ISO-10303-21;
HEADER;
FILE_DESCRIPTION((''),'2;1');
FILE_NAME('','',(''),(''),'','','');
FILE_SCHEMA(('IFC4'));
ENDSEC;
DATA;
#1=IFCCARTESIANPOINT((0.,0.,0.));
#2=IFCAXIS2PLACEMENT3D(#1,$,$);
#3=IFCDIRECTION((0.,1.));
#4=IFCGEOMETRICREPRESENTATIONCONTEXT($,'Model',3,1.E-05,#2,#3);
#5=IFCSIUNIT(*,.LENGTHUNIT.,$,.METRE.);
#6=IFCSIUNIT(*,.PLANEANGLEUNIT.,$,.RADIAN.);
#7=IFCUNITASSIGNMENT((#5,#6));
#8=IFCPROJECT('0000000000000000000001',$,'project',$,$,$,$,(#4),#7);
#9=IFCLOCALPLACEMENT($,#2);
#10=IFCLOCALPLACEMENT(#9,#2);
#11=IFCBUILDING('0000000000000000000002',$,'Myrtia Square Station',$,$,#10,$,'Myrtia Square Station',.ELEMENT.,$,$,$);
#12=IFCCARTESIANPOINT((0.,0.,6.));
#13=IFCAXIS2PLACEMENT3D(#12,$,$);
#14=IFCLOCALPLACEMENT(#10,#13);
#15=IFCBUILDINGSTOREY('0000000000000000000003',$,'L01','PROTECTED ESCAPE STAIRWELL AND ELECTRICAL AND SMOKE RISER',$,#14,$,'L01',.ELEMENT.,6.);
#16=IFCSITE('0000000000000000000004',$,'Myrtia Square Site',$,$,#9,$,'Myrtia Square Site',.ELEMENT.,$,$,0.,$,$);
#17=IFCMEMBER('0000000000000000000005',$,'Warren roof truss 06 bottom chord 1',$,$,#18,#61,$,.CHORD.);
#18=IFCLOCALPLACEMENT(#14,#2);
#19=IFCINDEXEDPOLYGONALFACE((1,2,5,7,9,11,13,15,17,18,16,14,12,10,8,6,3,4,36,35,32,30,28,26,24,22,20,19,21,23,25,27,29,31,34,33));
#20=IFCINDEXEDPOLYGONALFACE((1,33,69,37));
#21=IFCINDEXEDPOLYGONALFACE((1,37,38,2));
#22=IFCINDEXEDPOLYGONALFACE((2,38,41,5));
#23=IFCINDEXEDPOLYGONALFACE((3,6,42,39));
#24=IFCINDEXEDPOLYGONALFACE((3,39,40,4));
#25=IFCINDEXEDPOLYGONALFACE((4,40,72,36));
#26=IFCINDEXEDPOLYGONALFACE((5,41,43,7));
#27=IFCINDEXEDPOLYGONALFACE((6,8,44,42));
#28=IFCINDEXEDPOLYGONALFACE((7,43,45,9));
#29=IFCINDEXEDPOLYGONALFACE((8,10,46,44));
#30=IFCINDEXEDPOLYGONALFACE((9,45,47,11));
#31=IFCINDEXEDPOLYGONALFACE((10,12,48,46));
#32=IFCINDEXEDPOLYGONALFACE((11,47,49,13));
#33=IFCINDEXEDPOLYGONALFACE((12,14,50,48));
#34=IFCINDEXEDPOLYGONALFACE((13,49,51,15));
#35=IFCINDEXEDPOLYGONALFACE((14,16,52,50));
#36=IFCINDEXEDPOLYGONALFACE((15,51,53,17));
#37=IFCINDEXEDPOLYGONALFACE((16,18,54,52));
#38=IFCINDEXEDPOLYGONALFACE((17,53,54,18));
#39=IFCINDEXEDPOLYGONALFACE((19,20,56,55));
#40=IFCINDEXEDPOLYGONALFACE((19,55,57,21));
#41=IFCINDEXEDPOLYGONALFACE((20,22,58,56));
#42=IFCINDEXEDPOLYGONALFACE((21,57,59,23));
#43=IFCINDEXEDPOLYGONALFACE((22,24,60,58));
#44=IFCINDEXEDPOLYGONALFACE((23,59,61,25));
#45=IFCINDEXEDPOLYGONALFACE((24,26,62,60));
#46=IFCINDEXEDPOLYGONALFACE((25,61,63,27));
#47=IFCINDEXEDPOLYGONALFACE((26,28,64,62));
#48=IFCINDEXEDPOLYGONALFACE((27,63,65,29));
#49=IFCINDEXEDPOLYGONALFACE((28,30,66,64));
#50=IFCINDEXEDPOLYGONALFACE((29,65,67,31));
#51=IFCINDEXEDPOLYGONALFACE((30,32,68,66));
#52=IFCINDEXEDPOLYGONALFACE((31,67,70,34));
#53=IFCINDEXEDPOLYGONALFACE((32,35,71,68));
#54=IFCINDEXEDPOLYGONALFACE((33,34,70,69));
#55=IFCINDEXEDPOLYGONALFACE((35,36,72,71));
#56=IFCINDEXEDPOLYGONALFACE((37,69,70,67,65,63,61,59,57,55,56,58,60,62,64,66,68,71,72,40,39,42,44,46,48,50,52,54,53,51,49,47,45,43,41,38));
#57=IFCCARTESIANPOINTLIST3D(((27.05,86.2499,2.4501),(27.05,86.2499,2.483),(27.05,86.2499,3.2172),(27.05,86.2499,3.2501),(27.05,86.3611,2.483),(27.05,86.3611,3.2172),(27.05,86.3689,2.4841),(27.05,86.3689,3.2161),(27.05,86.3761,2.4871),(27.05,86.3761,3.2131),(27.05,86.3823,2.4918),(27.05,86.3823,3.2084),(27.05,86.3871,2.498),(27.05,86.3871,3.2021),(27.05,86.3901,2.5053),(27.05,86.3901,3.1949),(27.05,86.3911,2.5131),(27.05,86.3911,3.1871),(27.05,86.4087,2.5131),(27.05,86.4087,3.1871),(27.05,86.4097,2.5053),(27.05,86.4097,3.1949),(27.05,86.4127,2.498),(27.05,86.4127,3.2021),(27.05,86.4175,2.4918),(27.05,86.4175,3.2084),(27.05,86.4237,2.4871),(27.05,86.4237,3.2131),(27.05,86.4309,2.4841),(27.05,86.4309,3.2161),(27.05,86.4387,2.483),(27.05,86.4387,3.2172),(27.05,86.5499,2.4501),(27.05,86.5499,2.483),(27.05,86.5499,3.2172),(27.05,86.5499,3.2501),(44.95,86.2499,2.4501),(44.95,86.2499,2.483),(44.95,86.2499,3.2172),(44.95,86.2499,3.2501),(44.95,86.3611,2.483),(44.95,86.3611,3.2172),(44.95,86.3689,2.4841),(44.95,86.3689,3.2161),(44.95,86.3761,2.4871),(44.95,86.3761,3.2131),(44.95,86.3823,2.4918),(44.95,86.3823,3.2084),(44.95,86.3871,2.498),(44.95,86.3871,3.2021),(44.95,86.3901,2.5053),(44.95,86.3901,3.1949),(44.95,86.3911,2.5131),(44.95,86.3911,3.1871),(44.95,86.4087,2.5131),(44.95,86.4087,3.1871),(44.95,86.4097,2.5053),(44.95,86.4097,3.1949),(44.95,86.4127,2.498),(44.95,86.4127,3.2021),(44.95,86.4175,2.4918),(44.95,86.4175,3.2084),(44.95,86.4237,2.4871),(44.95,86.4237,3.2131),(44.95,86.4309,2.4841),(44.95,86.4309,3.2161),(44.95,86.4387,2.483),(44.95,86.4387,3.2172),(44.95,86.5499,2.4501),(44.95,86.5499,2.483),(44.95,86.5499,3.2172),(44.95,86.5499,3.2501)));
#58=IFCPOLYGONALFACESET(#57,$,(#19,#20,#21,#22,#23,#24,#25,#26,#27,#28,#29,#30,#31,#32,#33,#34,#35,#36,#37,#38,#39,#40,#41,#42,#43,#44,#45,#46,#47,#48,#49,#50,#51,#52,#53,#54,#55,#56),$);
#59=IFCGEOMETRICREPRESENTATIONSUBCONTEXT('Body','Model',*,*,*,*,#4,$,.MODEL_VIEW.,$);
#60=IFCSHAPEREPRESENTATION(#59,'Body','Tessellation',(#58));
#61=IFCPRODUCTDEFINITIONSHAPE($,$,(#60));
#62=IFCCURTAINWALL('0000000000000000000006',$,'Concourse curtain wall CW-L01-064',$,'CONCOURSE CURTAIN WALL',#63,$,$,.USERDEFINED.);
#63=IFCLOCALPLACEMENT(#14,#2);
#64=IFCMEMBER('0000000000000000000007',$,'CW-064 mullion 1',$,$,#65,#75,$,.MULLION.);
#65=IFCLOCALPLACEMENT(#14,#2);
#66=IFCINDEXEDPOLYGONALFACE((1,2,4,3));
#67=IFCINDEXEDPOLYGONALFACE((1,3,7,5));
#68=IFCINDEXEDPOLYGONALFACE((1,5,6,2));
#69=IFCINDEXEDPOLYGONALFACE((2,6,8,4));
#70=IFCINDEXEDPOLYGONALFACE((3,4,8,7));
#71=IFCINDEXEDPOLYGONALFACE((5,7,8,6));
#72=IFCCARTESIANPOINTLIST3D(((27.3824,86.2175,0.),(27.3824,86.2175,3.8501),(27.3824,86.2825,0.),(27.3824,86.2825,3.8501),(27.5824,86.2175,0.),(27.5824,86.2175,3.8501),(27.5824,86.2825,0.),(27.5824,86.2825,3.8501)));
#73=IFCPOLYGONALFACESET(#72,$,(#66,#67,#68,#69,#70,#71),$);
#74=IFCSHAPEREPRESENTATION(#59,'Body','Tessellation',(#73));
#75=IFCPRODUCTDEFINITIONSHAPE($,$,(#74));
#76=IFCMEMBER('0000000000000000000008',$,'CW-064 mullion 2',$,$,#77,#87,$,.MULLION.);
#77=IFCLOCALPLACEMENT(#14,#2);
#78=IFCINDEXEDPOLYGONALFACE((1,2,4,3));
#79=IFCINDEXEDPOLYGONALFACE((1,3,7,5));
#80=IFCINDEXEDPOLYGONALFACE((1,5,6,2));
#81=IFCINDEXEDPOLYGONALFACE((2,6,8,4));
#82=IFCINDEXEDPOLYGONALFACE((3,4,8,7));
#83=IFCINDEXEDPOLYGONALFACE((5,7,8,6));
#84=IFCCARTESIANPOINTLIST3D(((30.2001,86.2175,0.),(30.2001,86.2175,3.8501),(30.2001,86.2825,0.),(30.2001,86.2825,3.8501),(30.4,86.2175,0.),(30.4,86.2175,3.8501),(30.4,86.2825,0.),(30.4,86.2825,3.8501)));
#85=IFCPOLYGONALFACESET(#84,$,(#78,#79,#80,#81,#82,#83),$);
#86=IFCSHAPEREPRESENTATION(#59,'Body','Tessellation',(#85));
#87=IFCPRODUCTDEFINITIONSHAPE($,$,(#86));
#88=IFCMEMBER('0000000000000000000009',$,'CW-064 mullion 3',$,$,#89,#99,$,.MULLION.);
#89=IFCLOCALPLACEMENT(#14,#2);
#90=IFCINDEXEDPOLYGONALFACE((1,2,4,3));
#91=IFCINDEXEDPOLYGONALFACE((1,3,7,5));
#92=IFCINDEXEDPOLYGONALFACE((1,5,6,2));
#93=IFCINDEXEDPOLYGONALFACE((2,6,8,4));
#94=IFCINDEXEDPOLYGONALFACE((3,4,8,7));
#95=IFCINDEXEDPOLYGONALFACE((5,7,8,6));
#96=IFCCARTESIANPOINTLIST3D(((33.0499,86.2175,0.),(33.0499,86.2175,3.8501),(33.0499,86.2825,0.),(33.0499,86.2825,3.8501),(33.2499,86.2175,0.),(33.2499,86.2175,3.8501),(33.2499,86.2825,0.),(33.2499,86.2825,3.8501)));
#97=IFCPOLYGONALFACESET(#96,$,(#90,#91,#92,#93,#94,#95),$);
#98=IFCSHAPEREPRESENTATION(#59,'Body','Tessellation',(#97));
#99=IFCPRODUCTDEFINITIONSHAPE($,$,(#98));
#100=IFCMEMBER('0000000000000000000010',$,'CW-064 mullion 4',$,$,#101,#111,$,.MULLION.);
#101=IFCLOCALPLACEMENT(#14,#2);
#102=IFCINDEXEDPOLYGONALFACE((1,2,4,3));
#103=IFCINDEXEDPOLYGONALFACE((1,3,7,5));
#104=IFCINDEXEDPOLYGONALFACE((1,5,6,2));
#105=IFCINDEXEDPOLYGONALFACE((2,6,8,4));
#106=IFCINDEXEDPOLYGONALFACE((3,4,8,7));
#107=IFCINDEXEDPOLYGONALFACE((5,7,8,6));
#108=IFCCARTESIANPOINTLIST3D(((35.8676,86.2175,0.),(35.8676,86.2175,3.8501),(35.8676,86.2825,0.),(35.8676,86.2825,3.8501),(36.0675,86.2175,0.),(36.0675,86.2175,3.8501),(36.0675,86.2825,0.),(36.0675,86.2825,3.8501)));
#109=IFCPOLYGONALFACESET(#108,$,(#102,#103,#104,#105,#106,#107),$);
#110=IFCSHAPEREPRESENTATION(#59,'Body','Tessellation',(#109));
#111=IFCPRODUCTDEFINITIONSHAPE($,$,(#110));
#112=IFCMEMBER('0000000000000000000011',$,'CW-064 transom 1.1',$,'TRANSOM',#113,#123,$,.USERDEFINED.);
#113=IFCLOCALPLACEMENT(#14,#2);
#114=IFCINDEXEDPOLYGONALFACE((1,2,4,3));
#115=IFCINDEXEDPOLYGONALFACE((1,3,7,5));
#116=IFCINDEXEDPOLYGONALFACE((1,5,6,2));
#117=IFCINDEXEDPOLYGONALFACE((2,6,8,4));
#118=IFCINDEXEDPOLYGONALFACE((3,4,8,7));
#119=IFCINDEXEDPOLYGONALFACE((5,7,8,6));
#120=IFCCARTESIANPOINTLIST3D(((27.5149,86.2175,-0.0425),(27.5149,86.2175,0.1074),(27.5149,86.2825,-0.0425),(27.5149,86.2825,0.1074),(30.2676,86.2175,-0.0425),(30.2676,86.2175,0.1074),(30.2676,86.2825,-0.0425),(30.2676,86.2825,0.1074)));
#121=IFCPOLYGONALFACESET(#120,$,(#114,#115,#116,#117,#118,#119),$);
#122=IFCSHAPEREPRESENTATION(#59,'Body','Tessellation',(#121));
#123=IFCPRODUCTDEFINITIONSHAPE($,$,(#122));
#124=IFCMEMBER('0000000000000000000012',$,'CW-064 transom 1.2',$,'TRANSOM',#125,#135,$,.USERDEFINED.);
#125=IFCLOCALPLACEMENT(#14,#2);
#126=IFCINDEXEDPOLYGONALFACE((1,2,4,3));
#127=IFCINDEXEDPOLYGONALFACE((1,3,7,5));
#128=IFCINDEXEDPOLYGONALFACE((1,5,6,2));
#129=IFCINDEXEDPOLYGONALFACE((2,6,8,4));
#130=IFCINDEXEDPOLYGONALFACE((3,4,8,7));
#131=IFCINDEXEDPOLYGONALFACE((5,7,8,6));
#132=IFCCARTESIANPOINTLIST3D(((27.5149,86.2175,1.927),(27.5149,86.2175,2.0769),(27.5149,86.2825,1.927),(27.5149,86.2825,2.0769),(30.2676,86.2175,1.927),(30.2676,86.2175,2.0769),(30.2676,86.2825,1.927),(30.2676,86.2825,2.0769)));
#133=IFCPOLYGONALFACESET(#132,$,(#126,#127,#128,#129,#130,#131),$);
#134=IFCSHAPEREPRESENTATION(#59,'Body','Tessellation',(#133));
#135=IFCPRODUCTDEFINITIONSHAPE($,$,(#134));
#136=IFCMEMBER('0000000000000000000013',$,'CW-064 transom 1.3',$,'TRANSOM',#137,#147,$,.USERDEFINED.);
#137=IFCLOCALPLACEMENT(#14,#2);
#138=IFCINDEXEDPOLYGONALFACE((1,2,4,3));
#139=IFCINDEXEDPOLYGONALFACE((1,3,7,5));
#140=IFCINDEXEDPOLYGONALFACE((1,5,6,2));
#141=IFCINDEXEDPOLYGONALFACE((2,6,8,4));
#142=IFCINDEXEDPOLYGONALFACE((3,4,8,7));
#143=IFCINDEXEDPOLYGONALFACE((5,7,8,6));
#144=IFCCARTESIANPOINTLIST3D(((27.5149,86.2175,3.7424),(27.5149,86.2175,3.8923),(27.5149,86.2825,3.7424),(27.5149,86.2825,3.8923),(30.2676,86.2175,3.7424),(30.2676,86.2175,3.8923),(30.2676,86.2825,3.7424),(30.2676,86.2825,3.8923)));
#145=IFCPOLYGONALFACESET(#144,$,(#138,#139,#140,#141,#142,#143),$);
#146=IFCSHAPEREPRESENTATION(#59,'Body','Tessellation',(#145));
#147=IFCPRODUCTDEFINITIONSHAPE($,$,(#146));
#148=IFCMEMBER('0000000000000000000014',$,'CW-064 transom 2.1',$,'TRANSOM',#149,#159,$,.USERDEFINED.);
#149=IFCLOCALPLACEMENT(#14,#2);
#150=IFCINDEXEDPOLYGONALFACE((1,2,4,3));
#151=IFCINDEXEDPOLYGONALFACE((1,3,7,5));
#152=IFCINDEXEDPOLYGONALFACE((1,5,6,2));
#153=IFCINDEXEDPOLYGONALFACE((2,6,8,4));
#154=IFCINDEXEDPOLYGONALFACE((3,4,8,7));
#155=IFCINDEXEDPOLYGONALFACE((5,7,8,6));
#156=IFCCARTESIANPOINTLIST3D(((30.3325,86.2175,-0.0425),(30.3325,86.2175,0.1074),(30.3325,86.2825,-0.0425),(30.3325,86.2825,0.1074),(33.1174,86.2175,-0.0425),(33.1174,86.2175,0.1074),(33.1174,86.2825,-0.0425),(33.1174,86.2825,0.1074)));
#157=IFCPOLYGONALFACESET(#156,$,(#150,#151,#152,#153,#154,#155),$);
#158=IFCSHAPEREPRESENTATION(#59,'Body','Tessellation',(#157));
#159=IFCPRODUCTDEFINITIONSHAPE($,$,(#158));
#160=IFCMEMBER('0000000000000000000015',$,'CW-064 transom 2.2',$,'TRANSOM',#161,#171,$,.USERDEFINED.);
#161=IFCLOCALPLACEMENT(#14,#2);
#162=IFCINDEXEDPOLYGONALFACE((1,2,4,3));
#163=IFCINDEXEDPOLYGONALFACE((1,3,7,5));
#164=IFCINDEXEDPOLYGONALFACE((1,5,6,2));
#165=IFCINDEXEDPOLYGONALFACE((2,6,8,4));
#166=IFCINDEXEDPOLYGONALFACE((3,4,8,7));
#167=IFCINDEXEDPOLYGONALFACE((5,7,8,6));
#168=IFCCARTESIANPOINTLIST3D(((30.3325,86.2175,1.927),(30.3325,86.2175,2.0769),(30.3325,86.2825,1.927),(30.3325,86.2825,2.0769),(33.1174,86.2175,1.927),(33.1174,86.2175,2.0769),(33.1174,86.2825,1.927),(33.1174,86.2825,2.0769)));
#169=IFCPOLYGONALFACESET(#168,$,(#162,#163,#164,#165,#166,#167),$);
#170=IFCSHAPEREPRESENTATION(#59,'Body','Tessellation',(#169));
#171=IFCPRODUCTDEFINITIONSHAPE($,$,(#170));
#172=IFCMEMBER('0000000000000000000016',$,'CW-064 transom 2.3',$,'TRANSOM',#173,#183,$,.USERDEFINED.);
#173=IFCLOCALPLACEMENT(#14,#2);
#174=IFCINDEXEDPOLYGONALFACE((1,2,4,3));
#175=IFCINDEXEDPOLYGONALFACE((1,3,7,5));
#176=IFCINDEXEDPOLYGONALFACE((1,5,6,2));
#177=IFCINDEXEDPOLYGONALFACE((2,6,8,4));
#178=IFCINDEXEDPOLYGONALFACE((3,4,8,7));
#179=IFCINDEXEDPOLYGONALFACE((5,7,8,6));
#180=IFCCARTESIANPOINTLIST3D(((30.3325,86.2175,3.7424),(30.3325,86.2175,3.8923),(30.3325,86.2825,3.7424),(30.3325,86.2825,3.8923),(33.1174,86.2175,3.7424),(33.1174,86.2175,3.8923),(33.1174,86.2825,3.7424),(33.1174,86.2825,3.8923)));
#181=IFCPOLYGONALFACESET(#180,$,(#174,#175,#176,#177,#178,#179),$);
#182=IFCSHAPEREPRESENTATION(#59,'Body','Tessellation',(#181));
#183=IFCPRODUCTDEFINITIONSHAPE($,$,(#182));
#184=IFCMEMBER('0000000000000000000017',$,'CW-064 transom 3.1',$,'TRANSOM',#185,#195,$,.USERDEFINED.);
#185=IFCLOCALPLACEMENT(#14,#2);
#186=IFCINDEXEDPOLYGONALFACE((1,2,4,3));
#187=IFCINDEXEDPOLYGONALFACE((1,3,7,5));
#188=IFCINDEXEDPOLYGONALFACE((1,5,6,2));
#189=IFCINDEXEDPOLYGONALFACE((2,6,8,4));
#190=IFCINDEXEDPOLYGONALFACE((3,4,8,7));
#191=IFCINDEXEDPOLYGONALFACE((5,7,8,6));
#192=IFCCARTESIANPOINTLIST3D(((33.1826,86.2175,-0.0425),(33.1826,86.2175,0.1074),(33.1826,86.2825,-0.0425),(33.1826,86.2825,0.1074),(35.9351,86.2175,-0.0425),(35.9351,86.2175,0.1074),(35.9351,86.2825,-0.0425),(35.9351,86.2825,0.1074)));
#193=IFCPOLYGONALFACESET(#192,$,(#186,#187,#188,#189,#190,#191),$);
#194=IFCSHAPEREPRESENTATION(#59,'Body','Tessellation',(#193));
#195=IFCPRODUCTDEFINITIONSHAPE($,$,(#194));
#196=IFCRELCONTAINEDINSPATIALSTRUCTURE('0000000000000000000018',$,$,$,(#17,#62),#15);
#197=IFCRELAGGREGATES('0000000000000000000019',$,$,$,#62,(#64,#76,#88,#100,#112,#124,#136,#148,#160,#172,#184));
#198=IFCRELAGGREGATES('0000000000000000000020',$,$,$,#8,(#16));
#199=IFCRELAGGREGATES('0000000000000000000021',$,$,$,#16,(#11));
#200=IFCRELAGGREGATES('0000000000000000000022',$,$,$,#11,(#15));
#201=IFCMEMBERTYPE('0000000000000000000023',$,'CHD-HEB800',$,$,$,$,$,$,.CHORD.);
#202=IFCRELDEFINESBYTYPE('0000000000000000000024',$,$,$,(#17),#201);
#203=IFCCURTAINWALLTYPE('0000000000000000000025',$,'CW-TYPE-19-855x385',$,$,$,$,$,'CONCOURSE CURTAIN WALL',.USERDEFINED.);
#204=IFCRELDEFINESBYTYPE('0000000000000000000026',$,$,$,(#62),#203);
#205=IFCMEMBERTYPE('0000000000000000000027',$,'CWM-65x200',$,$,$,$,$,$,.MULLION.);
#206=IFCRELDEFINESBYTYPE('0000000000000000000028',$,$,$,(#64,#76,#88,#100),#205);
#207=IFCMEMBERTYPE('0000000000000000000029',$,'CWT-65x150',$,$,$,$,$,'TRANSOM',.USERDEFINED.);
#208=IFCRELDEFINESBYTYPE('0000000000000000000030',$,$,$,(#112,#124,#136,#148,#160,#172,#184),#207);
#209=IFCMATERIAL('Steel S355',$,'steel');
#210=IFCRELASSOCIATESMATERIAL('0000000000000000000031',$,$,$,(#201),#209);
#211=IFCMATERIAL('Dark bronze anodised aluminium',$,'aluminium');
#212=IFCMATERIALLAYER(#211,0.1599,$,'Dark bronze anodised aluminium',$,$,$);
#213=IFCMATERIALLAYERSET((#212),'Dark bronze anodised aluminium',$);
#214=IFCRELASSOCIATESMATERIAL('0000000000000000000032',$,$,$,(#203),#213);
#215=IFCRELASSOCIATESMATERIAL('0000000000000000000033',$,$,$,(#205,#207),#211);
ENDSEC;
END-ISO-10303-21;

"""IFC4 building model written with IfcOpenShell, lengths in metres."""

from ifc_helpers import new_model, si_unit, direction, frame, origin, origin_2d, place, context, subcontext, project, spatial, rectangle, i_section, extrude, material, layer, layer_set, material_profile, profile_set, type_object, element, aggregate, save


model = new_model("IFC4")

# Units and contexts
model_context = context("Model", 3, precision=1e-05, world=origin(), true_north=direction((0.0, 1.0)))
body_context = subcontext(model_context, "Body", "Model", "MODEL_VIEW")
ifc_project = project(units=[si_unit("LENGTHUNIT", "METRE"), si_unit("PLANEANGLEUNIT", "RADIAN")], contexts=[model_context])

# Site, building, storey
site_placement = place(None, origin())
site = spatial("IfcSite", under=ifc_project, at=site_placement, Name="Myrtia Square Site", LongName="Myrtia Square Site", CompositionType="ELEMENT", RefElevation=0.0)
building_placement = place(site_placement, origin())
building = spatial("IfcBuilding", under=site, at=building_placement, Name="Myrtia Square Station", LongName="Myrtia Square Station", CompositionType="ELEMENT")
storey_placement = place(building_placement, frame((0.0, 0.0, 6.0)))
storey = spatial("IfcBuildingStorey", under=building, at=storey_placement, Name="L01", Description="PROTECTED ESCAPE STAIRWELL AND ELECTRICAL AND SMOKE RISER", LongName="L01", CompositionType="ELEMENT", Elevation=6.0)

# Member
ifc_material_1 = material(Name="Steel S355", Category="steel")
ifc_material_profile_1 = material_profile(ifc_material_1, i_section(OverallWidth=0.3, OverallDepth=0.8, WebThickness=0.0176, FlangeThickness=0.033, FilletRadius=0.03, at=origin_2d()), Name="HEB 800")
ifc_profile_set_1 = profile_set([ifc_material_profile_1], Name="Steel S355")
member_type_1 = type_object("IfcMemberType", Name="CHD-HEB800", PredefinedType="CHORD", material=ifc_profile_set_1)
member_1_placement = place(storey_placement, frame((27.05, 86.3999, 2.8501), z_axis=(1.0, 0.0, 0.0), x_axis=(0.0, 1.0, 0.0)))
element("IfcMember", 1, at=member_1_placement, inside=storey, type_object=member_type_1, Name="Warren roof truss 06 bottom chord 1", PredefinedType="CHORD", context=body_context, shape_type="SweptSolid", body=[
    extrude(i_section(OverallWidth=0.3, OverallDepth=0.8, WebThickness=0.0176, FlangeThickness=0.033, FilletRadius=0.03, at=origin_2d()), origin(), (0.0, 0.0, 1.0), 17.8999),
])

# Curtain wall, members
ifc_material_2 = material(Name="Dark bronze anodised aluminium", Category="aluminium")
ifc_layer_1 = layer(ifc_material_2, 0.1599, Name="Dark bronze anodised aluminium")
ifc_layer_set_1 = layer_set([ifc_layer_1], Name="Dark bronze anodised aluminium")
curtain_wall_type = type_object("IfcCurtainWallType", Name="CW-TYPE-19-855x385", ElementType="CONCOURSE CURTAIN WALL", PredefinedType="USERDEFINED", material=ifc_layer_set_1)
curtain_wall_placement = place(storey_placement, origin())
curtain_wall = element("IfcCurtainWall", 2, at=curtain_wall_placement, inside=storey, type_object=curtain_wall_type, Name="Concourse curtain wall CW-L01-064", ObjectType="CONCOURSE CURTAIN WALL", PredefinedType="USERDEFINED")
ifc_material_profile_2 = material_profile(ifc_material_2, rectangle(XDim=0.0649, YDim=0.2, at=origin_2d()), Name="ALU-M 65x200")
ifc_profile_set_2 = profile_set([ifc_material_profile_2], Name="Dark bronze anodised aluminium")
member_type_2 = type_object("IfcMemberType", Name="CWM-65x200", PredefinedType="MULLION", material=ifc_profile_set_2)
member_2_placement = place(storey_placement, frame((27.4824, 86.25, 0.0), z_axis=(0.0, 0.0, 1.0), x_axis=(0.0, 1.0, 0.0)))
member_2 = element("IfcMember", 3, at=member_2_placement, type_object=member_type_2, Name="CW-064 mullion 1", PredefinedType="MULLION", context=body_context, shape_type="SweptSolid", body=[
    extrude(rectangle(XDim=0.0649, YDim=0.2, at=origin_2d()), origin(), (0.0, 0.0, 1.0), 3.8501),
])
member_3_placement = place(storey_placement, frame((30.3, 86.25, 0.0), z_axis=(0.0, 0.0, 1.0), x_axis=(0.0, 1.0, 0.0)))
member_3 = element("IfcMember", 4, at=member_3_placement, type_object=member_type_2, Name="CW-064 mullion 2", PredefinedType="MULLION", context=body_context, shape_type="SweptSolid", body=[
    extrude(rectangle(XDim=0.0649, YDim=0.2, at=origin_2d()), origin(), (0.0, 0.0, 1.0), 3.8501),
])
member_4_placement = place(storey_placement, frame((33.1499, 86.25, 0.0), z_axis=(0.0, 0.0, 1.0), x_axis=(0.0, 1.0, 0.0)))
member_4 = element("IfcMember", 5, at=member_4_placement, type_object=member_type_2, Name="CW-064 mullion 3", PredefinedType="MULLION", context=body_context, shape_type="SweptSolid", body=[
    extrude(rectangle(XDim=0.0649, YDim=0.2, at=origin_2d()), origin(), (0.0, 0.0, 1.0), 3.8501),
])
member_5_placement = place(storey_placement, frame((35.9675, 86.25, 0.0), z_axis=(0.0, 0.0, 1.0), x_axis=(0.0, 1.0, 0.0)))
member_5 = element("IfcMember", 6, at=member_5_placement, type_object=member_type_2, Name="CW-064 mullion 4", PredefinedType="MULLION", context=body_context, shape_type="SweptSolid", body=[
    extrude(rectangle(XDim=0.0649, YDim=0.2, at=origin_2d()), origin(), (0.0, 0.0, 1.0), 3.8501),
])
ifc_material_profile_3 = material_profile(ifc_material_2, rectangle(XDim=0.0649, YDim=0.1499, at=origin_2d()), Name="ALU-T 65x150")
ifc_profile_set_3 = profile_set([ifc_material_profile_3], Name="Dark bronze anodised aluminium")
member_type_3 = type_object("IfcMemberType", Name="CWT-65x150", ElementType="TRANSOM", PredefinedType="USERDEFINED", material=ifc_profile_set_3)
member_6_placement = place(storey_placement, frame((27.5149, 86.25, 0.0325), z_axis=(1.0, 0.0, 0.0), x_axis=(0.0, 1.0, 0.0)))
member_6 = element("IfcMember", 7, at=member_6_placement, type_object=member_type_3, Name="CW-064 transom 1.1", ObjectType="TRANSOM", PredefinedType="USERDEFINED", context=body_context, shape_type="SweptSolid", body=[
    extrude(rectangle(XDim=0.0649, YDim=0.1499, at=origin_2d()), origin(), (0.0, 0.0, 1.0), 2.7527),
])
member_7_placement = place(storey_placement, frame((27.5149, 86.25, 2.002), z_axis=(1.0, 0.0, 0.0), x_axis=(0.0, 1.0, 0.0)))
member_7 = element("IfcMember", 8, at=member_7_placement, type_object=member_type_3, Name="CW-064 transom 1.2", ObjectType="TRANSOM", PredefinedType="USERDEFINED", context=body_context, shape_type="SweptSolid", body=[
    extrude(rectangle(XDim=0.0649, YDim=0.1499, at=origin_2d()), origin(), (0.0, 0.0, 1.0), 2.7527),
])
member_8_placement = place(storey_placement, frame((27.5149, 86.25, 3.8174), z_axis=(1.0, 0.0, 0.0), x_axis=(0.0, 1.0, 0.0)))
member_8 = element("IfcMember", 9, at=member_8_placement, type_object=member_type_3, Name="CW-064 transom 1.3", ObjectType="TRANSOM", PredefinedType="USERDEFINED", context=body_context, shape_type="SweptSolid", body=[
    extrude(rectangle(XDim=0.0649, YDim=0.1499, at=origin_2d()), origin(), (0.0, 0.0, 1.0), 2.7527),
])
member_9_placement = place(storey_placement, frame((30.3325, 86.25, 0.0325), z_axis=(1.0, 0.0, 0.0), x_axis=(0.0, 1.0, 0.0)))
member_9 = element("IfcMember", 10, at=member_9_placement, type_object=member_type_3, Name="CW-064 transom 2.1", ObjectType="TRANSOM", PredefinedType="USERDEFINED", context=body_context, shape_type="SweptSolid", body=[
    extrude(rectangle(XDim=0.0649, YDim=0.1499, at=origin_2d()), origin(), (0.0, 0.0, 1.0), 2.7849),
])
member_10_placement = place(storey_placement, frame((30.3325, 86.25, 2.002), z_axis=(1.0, 0.0, 0.0), x_axis=(0.0, 1.0, 0.0)))
member_10 = element("IfcMember", 11, at=member_10_placement, type_object=member_type_3, Name="CW-064 transom 2.2", ObjectType="TRANSOM", PredefinedType="USERDEFINED", context=body_context, shape_type="SweptSolid", body=[
    extrude(rectangle(XDim=0.0649, YDim=0.1499, at=origin_2d()), origin(), (0.0, 0.0, 1.0), 2.7849),
])
member_11_placement = place(storey_placement, frame((30.3325, 86.25, 3.8174), z_axis=(1.0, 0.0, 0.0), x_axis=(0.0, 1.0, 0.0)))
member_11 = element("IfcMember", 12, at=member_11_placement, type_object=member_type_3, Name="CW-064 transom 2.3", ObjectType="TRANSOM", PredefinedType="USERDEFINED", context=body_context, shape_type="SweptSolid", body=[
    extrude(rectangle(XDim=0.0649, YDim=0.1499, at=origin_2d()), origin(), (0.0, 0.0, 1.0), 2.7849),
])
member_12_placement = place(storey_placement, frame((33.1826, 86.25, 0.0325), z_axis=(1.0, 0.0, 0.0), x_axis=(0.0, 1.0, 0.0)))
member_12 = element("IfcMember", 13, at=member_12_placement, type_object=member_type_3, Name="CW-064 transom 3.1", ObjectType="TRANSOM", PredefinedType="USERDEFINED", context=body_context, shape_type="SweptSolid", body=[
    extrude(rectangle(XDim=0.0649, YDim=0.1499, at=origin_2d()), origin(), (0.0, 0.0, 1.0), 2.7524),
])
aggregate(curtain_wall, [member_2, member_3, member_4, member_5, member_6, member_7, member_8, member_9, member_10, member_11, member_12])

save(model, "model.ifc")
